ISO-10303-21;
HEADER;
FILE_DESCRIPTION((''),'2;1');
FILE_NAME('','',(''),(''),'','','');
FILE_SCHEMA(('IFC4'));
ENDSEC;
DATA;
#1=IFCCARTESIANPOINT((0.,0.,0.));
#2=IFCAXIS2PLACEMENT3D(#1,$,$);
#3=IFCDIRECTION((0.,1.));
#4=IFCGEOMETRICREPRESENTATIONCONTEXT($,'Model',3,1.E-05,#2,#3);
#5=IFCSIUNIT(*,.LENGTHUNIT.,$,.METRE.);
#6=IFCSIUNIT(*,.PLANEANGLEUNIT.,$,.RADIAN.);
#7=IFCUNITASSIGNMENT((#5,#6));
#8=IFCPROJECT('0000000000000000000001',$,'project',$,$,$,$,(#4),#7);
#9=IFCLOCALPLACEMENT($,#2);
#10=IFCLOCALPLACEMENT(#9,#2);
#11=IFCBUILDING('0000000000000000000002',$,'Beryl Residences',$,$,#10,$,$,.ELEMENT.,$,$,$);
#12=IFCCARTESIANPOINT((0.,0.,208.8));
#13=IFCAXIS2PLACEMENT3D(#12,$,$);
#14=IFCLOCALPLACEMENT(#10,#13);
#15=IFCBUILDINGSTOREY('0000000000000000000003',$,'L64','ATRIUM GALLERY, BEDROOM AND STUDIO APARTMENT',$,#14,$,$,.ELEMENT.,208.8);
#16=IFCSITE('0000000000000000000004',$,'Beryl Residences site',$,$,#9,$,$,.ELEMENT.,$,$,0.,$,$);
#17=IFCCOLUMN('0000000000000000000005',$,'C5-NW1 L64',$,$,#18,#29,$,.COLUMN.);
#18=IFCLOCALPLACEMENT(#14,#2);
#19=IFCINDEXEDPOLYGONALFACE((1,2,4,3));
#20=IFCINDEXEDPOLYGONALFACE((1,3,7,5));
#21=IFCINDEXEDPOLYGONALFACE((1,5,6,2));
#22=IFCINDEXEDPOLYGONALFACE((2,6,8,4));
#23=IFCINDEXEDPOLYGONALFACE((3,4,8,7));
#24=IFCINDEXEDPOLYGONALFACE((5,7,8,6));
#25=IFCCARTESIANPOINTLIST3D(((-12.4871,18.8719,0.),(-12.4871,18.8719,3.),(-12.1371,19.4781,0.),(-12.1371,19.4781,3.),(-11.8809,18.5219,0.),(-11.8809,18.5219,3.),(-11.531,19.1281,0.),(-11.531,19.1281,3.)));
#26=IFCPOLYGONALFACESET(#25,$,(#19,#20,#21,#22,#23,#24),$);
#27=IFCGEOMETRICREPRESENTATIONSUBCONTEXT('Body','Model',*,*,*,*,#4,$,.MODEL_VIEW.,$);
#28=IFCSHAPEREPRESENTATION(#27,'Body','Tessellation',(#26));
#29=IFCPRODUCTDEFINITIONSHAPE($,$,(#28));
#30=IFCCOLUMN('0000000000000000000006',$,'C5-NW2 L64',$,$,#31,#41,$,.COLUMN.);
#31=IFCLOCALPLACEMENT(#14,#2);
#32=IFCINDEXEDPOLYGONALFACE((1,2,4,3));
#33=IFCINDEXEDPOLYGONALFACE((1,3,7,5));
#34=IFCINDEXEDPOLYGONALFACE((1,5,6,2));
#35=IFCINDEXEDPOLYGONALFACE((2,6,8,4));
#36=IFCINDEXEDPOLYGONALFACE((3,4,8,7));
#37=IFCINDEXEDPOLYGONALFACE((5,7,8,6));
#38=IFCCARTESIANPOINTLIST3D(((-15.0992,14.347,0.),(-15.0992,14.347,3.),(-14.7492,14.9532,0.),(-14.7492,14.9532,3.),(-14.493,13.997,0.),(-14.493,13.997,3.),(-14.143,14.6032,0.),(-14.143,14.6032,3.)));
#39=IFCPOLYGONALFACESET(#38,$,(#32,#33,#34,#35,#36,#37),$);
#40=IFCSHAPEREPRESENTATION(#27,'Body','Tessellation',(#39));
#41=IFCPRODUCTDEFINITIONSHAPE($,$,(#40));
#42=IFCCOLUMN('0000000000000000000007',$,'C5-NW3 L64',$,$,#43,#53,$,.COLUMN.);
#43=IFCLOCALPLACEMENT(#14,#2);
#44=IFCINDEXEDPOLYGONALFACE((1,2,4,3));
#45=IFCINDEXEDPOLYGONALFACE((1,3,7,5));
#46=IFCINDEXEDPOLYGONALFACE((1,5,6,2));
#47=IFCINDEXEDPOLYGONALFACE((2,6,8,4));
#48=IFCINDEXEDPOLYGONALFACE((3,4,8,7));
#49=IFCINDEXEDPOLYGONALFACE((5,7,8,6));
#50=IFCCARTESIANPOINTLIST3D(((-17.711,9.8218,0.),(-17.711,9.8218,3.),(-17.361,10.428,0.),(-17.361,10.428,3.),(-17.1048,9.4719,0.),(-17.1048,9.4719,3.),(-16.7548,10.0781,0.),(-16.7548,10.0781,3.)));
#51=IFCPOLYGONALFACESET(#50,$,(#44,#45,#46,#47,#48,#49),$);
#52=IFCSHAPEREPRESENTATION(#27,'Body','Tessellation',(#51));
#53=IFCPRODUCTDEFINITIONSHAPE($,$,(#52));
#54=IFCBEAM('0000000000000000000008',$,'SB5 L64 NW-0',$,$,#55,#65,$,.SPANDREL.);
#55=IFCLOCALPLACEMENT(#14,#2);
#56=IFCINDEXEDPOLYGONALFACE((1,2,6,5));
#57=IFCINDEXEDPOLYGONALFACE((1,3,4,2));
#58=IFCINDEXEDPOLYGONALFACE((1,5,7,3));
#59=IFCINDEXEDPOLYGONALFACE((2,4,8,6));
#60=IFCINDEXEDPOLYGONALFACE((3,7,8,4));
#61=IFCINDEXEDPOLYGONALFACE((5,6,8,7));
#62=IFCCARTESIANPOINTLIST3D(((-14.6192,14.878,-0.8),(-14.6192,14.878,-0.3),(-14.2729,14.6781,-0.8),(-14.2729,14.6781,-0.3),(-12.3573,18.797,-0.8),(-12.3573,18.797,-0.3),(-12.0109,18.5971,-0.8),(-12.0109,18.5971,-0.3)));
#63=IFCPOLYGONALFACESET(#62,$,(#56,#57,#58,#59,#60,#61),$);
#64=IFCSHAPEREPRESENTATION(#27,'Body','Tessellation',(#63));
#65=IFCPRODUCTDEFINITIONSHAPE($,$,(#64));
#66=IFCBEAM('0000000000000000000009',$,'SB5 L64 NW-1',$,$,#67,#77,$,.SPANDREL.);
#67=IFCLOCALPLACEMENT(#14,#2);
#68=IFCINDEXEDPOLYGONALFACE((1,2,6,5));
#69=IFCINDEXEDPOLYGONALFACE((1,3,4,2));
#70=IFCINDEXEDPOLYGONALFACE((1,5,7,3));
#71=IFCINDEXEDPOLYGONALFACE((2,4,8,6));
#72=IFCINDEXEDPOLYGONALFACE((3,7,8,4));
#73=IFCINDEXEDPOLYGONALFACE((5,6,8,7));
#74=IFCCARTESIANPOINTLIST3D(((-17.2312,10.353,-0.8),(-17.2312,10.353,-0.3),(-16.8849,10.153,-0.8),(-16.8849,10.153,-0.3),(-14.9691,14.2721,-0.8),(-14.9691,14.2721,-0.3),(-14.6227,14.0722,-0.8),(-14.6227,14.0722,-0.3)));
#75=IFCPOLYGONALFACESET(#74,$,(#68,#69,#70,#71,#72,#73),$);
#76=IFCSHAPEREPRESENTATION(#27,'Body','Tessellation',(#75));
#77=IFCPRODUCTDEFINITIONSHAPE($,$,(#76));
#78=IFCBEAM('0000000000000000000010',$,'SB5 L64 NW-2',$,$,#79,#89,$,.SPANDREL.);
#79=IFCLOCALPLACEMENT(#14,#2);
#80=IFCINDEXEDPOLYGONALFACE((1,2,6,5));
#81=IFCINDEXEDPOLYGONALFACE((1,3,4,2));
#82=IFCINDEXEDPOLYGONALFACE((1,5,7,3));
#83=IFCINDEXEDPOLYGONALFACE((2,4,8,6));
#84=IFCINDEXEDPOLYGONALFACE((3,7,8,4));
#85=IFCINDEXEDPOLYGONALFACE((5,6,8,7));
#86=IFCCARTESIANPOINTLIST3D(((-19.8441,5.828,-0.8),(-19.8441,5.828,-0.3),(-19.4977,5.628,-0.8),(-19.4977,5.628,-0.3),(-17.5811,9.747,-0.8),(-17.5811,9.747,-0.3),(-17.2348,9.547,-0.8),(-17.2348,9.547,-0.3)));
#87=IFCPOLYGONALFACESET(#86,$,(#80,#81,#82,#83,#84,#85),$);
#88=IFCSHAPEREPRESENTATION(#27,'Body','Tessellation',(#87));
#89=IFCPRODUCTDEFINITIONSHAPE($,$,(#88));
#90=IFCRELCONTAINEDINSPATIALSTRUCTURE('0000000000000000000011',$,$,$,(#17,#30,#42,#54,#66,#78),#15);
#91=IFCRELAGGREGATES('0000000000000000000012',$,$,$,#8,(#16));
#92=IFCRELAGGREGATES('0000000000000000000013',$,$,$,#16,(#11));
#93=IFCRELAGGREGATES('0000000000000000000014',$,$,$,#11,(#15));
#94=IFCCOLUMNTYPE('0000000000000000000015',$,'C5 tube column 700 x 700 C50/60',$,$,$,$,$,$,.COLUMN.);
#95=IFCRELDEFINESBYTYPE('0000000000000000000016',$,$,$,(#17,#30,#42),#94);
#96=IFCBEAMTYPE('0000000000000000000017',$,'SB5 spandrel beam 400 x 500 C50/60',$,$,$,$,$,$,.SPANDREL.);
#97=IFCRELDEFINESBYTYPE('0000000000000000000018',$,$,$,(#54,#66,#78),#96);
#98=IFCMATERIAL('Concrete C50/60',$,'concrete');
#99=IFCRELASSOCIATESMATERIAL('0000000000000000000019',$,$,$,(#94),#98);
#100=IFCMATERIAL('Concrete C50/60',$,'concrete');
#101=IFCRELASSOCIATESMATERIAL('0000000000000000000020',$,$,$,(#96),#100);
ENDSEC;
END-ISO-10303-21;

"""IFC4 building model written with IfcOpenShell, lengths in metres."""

from ifc_helpers import new_model, si_unit, direction, frame, origin, origin_2d, place, context, subcontext, project, spatial, rectangle, extrude, material, material_profile, profile_set, type_object, element, save


model = new_model("IFC4")

# Units and contexts
model_context = context("Model", 3, precision=1e-05, world=origin(), true_north=direction((0.0, 1.0)))
body_context = subcontext(model_context, "Body", "Model", "MODEL_VIEW")
ifc_project = project(units=[si_unit("LENGTHUNIT", "METRE"), si_unit("PLANEANGLEUNIT", "RADIAN")], contexts=[model_context])

# Site, building, storey
site_placement = place(None, origin())
site = spatial("IfcSite", under=ifc_project, at=site_placement, Name="Beryl Residences site", CompositionType="ELEMENT", RefElevation=0.0)
building_placement = place(site_placement, origin())
building = spatial("IfcBuilding", under=site, at=building_placement, Name="Beryl Residences", CompositionType="ELEMENT")
storey_placement = place(building_placement, frame((0.0, 0.0, 208.8)))
storey = spatial("IfcBuildingStorey", under=building, at=storey_placement, Name="L64", Description="ATRIUM GALLERY, BEDROOM AND STUDIO APARTMENT", CompositionType="ELEMENT", Elevation=208.8)

# Columns
ifc_material_1 = material(Name="Concrete C50/60", Category="concrete")
ifc_material_profile_1 = material_profile(ifc_material_1, rectangle(XDim=0.7, YDim=0.7, at=origin_2d()))
ifc_profile_set_1 = profile_set([ifc_material_profile_1], Name="Concrete C50/60")
column_type = type_object("IfcColumnType", Name="C5 tube column 700 x 700 C50/60", PredefinedType="COLUMN", material=ifc_profile_set_1)
for number, where, z_axis, x_axis, name in (
    (1, (-12.009, 19.0, 0.0), (0.0, 0.0, 1.0), (-0.49997, -0.866043, 0.0), "C5-NW1 L64"),
    (2, (-14.6211, 14.4751, 0.0), (0.0, 0.0, 1.0), (-0.49997, -0.866043, 0.0), "C5-NW2 L64"),
    (3, (-17.2329, 9.95, 0.0), (0.0, 0.0, 1.0), (-0.49997, -0.866043, 0.0), "C5-NW3 L64"),
):
    element("IfcColumn", number, at=place(storey_placement, frame(where, z_axis=z_axis, x_axis=x_axis)), inside=storey, type_object=column_type, Name=name, PredefinedType="COLUMN", context=body_context, shape_type="SweptSolid", body=[
        extrude(rectangle(XDim=0.7, YDim=0.7, at=origin_2d()), origin(), (0.0, 0.0, 1.0), 3.0),
    ])

# Beams
ifc_material_2 = material(Name="Concrete C50/60", Category="concrete")
ifc_material_profile_2 = material_profile(ifc_material_2, rectangle(XDim=0.3999, YDim=0.5, at=origin_2d()))
ifc_profile_set_2 = profile_set([ifc_material_profile_2], Name="Concrete C50/60")
beam_type = type_object("IfcBeamType", Name="SB5 spandrel beam 400 x 500 C50/60", PredefinedType="SPANDREL", material=ifc_profile_set_2)
beam_1_placement = place(storey_placement, frame((-12.1841, 18.697, -0.55), z_axis=(-0.499894, -0.866087, 0.0), x_axis=(0.866087, -0.499894, 0.0)))
element("IfcBeam", 4, at=beam_1_placement, inside=storey, type_object=beam_type, Name="SB5 L64 NW-0", PredefinedType="SPANDREL", context=body_context, shape_type="SweptSolid", body=[
    extrude(rectangle(XDim=0.3999, YDim=0.5, at=origin_2d()), origin(), (0.0, 0.0, 1.0), 4.5249),
])
beam_2_placement = place(storey_placement, frame((-14.7959, 14.1721, -0.55), z_axis=(-0.499911, -0.866077, 0.0), x_axis=(0.866077, -0.499911, 0.0)))
element("IfcBeam", 5, at=beam_2_placement, inside=storey, type_object=beam_type, Name="SB5 L64 NW-1", PredefinedType="SPANDREL", context=body_context, shape_type="SweptSolid", body=[
    extrude(rectangle(XDim=0.3999, YDim=0.5, at=origin_2d()), origin(), (0.0, 0.0, 1.0), 4.5251),
])
beam_3_placement = place(storey_placement, frame((-17.408, 9.647, -0.55), z_axis=(-0.500056, -0.865993, 0.0), x_axis=(0.865993, -0.500056, 0.0)))
element("IfcBeam", 6, at=beam_3_placement, inside=storey, type_object=beam_type, Name="SB5 L64 NW-2", PredefinedType="SPANDREL", context=body_context, shape_type="SweptSolid", body=[
    extrude(rectangle(XDim=0.3999, YDim=0.5, at=origin_2d()), origin(), (0.0, 0.0, 1.0), 4.5254),
])

save(model, "model.ifc")
